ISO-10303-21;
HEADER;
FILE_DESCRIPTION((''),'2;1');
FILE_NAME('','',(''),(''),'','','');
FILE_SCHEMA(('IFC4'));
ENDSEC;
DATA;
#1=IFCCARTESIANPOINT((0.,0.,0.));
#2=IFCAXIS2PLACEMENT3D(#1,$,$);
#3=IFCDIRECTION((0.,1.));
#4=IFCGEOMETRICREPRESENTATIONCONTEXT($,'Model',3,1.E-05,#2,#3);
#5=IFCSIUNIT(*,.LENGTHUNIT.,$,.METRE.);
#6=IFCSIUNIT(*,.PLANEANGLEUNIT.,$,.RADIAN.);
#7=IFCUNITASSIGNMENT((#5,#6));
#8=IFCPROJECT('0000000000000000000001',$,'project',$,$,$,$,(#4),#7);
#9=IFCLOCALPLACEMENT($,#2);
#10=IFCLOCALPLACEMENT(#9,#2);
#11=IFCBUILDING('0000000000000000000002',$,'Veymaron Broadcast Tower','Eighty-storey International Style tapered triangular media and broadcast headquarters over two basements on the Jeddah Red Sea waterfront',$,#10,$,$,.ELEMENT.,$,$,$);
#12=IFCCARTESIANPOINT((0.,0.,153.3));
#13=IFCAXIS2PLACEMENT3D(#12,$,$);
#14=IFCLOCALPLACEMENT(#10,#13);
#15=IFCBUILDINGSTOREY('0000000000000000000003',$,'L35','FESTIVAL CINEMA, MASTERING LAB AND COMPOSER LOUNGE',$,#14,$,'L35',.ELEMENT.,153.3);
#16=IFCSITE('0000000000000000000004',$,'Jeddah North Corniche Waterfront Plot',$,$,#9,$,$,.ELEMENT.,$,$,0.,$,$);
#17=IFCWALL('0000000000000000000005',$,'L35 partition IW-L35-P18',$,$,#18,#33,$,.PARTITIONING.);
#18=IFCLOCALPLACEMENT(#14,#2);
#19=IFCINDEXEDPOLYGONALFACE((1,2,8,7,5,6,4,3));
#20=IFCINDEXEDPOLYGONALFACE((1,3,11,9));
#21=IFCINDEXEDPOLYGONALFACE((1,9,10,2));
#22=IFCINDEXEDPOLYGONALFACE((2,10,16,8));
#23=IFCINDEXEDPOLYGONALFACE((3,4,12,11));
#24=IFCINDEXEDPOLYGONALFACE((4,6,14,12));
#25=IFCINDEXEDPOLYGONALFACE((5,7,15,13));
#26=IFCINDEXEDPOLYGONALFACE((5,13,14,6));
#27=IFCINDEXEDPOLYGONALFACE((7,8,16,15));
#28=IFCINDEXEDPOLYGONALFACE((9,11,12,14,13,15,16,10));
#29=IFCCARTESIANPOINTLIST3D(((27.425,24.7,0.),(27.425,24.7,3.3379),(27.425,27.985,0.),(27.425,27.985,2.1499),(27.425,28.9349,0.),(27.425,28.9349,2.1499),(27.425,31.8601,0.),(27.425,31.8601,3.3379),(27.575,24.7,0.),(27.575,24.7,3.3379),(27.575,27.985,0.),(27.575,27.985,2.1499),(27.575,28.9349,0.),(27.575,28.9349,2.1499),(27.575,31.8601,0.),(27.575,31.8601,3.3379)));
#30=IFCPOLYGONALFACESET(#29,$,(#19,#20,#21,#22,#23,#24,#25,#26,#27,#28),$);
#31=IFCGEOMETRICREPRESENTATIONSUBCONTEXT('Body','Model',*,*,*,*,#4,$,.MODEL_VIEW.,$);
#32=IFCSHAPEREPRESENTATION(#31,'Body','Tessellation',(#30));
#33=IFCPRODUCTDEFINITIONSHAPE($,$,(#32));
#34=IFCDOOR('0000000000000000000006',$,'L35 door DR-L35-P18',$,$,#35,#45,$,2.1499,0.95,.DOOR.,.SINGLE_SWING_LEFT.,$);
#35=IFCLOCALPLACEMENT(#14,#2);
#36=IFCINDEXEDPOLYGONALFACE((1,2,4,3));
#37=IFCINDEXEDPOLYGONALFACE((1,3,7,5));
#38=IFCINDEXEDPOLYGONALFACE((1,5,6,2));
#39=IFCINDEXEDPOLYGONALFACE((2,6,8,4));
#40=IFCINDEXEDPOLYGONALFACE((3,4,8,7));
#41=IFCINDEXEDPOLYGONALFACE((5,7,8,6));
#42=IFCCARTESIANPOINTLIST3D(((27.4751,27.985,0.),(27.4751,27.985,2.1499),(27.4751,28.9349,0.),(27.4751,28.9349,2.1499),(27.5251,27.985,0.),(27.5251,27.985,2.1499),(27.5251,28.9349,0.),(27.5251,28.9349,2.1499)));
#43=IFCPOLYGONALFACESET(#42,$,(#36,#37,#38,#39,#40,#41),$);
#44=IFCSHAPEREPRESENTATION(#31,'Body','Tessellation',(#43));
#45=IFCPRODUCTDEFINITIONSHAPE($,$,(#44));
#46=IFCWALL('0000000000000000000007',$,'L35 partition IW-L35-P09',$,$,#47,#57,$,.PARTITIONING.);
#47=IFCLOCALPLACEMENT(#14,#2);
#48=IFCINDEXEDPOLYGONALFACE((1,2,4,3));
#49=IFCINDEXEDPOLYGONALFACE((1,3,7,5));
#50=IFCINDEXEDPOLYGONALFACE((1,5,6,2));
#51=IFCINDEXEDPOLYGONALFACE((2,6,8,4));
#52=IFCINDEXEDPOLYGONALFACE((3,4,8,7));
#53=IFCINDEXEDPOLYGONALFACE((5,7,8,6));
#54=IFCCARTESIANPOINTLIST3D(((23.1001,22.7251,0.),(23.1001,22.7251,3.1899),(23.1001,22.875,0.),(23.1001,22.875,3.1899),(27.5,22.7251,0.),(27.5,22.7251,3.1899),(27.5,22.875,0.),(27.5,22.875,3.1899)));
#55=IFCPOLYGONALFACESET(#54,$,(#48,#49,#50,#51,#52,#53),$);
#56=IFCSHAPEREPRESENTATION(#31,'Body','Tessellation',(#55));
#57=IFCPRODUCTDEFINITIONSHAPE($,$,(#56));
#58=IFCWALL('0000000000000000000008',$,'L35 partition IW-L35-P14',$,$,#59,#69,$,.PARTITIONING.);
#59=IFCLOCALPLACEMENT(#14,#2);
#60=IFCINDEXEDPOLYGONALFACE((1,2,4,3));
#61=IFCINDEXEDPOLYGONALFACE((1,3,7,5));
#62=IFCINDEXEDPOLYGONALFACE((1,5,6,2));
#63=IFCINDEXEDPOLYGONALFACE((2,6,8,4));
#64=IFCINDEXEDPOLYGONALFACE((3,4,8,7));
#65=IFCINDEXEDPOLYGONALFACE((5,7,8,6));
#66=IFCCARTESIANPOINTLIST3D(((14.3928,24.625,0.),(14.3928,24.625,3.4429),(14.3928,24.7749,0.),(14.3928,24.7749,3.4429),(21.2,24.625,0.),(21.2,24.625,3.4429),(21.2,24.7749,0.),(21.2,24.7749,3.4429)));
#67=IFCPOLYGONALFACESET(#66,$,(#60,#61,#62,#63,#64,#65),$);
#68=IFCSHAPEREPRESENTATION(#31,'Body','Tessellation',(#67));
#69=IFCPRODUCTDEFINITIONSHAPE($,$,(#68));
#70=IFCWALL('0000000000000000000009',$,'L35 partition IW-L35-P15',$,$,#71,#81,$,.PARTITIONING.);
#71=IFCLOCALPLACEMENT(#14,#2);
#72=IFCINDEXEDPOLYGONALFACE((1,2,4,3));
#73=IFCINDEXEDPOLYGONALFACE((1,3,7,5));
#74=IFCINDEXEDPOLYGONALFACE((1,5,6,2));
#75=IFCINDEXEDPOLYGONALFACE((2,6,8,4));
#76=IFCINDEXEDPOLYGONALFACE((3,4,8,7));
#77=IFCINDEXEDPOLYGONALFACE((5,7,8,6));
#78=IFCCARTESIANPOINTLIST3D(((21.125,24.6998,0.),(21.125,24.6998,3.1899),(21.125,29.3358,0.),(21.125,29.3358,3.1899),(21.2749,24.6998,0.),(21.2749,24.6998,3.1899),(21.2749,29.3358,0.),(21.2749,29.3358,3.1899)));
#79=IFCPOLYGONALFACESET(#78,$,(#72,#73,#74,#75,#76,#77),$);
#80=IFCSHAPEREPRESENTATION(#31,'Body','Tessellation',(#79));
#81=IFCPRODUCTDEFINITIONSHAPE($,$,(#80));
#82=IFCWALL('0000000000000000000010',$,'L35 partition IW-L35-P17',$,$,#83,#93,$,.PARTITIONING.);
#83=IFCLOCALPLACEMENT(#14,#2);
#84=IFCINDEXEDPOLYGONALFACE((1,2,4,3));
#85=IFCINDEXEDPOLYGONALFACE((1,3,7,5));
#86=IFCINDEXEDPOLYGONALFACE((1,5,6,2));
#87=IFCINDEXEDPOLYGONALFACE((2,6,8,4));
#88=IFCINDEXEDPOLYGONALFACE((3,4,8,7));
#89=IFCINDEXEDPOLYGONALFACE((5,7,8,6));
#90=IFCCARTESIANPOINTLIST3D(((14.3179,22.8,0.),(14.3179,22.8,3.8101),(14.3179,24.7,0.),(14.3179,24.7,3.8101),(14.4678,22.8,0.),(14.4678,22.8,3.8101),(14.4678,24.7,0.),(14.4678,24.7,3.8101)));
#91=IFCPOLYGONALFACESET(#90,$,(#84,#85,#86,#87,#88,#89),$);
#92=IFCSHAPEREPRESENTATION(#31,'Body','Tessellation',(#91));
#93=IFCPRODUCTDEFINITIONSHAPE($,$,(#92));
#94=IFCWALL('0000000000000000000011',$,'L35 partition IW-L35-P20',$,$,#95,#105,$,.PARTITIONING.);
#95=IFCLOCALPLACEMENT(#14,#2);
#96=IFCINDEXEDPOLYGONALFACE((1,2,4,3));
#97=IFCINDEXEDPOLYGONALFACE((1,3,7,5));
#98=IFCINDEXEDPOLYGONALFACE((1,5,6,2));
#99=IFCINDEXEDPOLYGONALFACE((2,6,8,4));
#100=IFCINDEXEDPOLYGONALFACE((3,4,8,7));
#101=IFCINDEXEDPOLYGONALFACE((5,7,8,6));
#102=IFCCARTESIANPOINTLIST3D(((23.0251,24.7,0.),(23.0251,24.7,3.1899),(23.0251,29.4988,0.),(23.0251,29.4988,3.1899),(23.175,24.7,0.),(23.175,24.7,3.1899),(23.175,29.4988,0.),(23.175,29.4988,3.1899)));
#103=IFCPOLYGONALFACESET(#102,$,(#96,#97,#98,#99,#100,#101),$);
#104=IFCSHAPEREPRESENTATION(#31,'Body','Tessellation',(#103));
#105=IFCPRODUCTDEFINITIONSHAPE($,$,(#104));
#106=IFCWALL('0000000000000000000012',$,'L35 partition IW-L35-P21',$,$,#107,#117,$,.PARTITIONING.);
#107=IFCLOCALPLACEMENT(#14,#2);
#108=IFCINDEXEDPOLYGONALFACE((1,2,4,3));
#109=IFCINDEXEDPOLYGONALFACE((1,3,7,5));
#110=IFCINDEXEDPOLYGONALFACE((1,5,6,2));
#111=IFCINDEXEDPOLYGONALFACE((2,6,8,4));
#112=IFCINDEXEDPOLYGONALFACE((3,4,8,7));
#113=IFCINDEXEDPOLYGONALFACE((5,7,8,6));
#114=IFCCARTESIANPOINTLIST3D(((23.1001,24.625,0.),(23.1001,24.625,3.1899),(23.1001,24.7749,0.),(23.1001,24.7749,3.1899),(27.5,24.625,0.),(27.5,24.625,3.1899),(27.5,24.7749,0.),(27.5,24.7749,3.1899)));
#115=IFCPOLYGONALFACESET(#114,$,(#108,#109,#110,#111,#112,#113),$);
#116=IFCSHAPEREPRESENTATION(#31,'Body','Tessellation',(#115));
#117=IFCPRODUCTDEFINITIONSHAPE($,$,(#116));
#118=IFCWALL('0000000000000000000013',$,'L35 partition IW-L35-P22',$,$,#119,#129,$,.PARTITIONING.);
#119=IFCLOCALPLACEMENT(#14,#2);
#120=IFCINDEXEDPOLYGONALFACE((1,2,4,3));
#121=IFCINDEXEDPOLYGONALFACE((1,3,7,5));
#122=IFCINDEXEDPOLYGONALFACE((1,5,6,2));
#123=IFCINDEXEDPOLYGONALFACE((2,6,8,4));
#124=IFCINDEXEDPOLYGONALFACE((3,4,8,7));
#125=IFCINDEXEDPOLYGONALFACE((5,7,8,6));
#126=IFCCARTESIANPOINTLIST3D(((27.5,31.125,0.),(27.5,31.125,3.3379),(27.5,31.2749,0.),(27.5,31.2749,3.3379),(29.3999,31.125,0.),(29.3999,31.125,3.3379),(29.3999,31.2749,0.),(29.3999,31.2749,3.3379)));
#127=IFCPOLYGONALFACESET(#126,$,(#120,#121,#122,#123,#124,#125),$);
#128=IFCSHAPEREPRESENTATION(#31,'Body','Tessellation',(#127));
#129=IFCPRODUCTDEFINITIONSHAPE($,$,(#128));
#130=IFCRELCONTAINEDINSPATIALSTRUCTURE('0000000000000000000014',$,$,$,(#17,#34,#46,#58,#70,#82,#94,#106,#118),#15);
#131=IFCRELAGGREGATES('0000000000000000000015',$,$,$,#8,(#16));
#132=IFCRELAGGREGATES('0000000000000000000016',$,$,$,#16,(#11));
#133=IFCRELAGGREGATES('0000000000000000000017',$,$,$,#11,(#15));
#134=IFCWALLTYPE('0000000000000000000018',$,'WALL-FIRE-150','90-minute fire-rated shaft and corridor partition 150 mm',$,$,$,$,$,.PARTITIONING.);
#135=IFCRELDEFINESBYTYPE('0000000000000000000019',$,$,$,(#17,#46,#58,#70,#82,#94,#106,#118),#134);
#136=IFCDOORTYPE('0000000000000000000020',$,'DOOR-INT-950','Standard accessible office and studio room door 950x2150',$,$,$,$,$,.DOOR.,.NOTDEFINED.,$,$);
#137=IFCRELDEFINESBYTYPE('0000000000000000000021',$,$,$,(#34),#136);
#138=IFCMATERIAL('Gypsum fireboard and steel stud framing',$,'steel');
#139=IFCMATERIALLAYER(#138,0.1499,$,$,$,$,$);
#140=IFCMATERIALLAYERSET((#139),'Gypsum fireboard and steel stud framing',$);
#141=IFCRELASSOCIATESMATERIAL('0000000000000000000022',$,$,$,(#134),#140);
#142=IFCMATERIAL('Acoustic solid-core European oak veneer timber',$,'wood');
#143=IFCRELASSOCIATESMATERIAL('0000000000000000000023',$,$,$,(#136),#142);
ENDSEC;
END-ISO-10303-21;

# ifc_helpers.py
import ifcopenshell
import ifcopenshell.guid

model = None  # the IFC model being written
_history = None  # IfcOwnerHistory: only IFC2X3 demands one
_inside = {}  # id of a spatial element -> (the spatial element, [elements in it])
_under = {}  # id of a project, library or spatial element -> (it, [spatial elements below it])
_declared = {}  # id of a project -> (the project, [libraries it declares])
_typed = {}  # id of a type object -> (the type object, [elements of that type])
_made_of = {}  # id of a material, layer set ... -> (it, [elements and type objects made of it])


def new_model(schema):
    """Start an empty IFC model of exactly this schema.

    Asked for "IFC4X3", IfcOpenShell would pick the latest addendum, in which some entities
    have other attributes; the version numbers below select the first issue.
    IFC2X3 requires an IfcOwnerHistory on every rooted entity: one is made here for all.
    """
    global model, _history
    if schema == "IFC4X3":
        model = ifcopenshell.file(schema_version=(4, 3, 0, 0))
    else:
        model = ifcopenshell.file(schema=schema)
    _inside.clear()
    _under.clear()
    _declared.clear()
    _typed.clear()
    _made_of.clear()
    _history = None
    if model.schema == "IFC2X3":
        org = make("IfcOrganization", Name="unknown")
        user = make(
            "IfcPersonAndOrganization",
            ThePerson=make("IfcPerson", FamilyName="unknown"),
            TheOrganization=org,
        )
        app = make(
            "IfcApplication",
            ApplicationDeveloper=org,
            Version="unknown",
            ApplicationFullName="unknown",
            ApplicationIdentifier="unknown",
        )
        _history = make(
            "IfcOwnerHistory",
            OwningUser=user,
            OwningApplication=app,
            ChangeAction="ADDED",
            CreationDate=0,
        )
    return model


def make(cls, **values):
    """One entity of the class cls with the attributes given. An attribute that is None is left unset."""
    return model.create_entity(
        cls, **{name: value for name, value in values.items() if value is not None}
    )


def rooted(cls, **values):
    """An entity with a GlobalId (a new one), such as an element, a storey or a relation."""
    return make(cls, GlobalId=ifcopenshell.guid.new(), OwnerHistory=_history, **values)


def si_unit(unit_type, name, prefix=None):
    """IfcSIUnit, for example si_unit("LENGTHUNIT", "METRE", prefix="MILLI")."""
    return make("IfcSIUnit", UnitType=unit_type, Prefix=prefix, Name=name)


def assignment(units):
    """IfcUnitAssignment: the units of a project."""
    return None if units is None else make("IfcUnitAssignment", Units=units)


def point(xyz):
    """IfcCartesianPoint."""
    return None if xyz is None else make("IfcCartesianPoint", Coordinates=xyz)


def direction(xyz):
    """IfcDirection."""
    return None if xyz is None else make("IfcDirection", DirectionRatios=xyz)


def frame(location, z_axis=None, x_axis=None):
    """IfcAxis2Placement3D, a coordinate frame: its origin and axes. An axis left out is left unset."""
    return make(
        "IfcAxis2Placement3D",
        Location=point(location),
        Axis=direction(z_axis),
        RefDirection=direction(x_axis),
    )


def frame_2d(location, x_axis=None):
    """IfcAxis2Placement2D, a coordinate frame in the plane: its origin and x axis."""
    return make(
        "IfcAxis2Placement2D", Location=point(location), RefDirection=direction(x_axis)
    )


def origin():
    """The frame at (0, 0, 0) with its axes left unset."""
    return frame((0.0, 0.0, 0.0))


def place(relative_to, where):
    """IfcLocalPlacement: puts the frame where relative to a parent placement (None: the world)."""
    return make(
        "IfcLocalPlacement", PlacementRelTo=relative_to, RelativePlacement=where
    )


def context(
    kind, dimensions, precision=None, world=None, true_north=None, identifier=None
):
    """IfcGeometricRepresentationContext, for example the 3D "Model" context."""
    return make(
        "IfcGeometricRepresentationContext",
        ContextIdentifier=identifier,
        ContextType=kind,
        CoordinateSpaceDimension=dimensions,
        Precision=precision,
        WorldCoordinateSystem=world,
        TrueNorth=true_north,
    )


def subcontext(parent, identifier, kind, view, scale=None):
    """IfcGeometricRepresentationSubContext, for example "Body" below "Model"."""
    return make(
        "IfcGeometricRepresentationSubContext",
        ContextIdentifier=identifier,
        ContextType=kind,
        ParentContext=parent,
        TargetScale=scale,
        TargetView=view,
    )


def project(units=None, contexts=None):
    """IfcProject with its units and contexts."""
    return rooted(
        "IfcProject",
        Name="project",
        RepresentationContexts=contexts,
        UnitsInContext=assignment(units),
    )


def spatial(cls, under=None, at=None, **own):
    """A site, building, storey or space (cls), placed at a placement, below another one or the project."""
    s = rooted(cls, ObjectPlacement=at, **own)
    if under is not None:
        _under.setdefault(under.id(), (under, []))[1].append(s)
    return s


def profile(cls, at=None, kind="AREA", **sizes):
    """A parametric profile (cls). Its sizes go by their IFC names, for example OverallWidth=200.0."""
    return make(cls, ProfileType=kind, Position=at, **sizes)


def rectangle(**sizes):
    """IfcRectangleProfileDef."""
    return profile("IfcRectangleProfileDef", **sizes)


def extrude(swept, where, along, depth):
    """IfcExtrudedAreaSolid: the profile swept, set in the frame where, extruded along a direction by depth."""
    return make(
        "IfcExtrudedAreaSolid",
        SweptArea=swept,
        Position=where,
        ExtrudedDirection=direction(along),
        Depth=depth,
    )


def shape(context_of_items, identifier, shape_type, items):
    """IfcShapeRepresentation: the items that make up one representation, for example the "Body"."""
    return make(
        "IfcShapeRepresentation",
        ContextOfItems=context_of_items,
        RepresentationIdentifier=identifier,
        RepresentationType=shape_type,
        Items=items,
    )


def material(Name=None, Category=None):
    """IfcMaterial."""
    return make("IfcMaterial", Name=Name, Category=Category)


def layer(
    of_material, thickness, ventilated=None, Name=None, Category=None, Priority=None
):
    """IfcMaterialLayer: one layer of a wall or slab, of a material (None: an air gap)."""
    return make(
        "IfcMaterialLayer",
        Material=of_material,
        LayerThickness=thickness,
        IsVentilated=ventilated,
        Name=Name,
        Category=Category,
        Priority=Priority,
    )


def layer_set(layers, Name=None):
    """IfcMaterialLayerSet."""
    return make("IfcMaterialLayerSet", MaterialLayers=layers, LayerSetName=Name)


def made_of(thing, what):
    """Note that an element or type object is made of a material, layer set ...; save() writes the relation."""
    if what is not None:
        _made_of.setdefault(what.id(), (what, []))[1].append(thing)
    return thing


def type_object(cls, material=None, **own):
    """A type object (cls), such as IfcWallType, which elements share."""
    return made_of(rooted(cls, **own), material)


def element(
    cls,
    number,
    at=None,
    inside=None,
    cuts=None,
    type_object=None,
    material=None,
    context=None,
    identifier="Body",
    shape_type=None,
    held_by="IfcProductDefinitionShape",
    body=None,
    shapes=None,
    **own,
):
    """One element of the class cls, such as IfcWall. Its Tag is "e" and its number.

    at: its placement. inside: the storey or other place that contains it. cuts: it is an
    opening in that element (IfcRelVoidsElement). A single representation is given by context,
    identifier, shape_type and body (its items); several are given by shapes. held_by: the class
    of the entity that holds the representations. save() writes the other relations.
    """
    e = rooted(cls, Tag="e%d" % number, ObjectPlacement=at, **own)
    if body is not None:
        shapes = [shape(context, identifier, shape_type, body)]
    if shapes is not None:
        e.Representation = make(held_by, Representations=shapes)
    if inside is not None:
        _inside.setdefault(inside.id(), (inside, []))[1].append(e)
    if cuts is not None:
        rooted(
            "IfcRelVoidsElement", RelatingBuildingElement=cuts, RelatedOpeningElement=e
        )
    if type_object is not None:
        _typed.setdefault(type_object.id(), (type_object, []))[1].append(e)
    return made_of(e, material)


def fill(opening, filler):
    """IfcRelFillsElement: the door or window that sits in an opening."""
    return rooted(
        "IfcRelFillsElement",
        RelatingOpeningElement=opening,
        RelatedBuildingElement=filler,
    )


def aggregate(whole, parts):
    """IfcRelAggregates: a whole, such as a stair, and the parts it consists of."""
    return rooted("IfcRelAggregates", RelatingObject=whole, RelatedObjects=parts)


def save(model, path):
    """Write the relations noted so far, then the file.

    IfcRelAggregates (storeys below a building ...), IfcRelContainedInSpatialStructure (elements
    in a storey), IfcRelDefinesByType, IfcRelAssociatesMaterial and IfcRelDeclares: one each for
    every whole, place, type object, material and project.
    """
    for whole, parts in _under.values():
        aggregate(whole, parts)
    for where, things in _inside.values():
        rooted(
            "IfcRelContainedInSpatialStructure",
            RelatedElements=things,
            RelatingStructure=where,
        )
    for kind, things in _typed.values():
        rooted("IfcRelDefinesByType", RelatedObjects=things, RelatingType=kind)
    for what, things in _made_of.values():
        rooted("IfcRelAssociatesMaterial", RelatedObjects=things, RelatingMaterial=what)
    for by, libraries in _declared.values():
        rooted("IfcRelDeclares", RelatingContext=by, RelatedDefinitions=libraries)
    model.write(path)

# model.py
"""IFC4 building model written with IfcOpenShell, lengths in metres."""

from ifc_helpers import new_model, si_unit, direction, frame, frame_2d, origin, place, context, subcontext, project, spatial, rectangle, extrude, material, layer, layer_set, type_object, element, fill, save


model = new_model("IFC4")

# Units and contexts
model_context = context("Model", 3, precision=1e-05, world=origin(), true_north=direction((0.0, 1.0)))
body_context = subcontext(model_context, "Body", "Model", "MODEL_VIEW")
ifc_project = project(units=[si_unit("LENGTHUNIT", "METRE"), si_unit("PLANEANGLEUNIT", "RADIAN")], contexts=[model_context])

# Site, building, storey
site_placement = place(None, origin())
site = spatial("IfcSite", under=ifc_project, at=site_placement, Name="Jeddah North Corniche Waterfront Plot", CompositionType="ELEMENT", RefElevation=0.0)
building_placement = place(site_placement, origin())
building = spatial("IfcBuilding", under=site, at=building_placement, Name="Veymaron Broadcast Tower", Description="Eighty-storey International Style tapered triangular media and broadcast headquarters over two basements on the Jeddah Red Sea waterfront", CompositionType="ELEMENT")
storey_placement = place(building_placement, frame((0.0, 0.0, 153.3)))
storey = spatial("IfcBuildingStorey", under=building, at=storey_placement, Name="L35", Description="FESTIVAL CINEMA, MASTERING LAB AND COMPOSER LOUNGE", LongName="L35", CompositionType="ELEMENT", Elevation=153.3)

# Wall, opening, door
ifc_material_1 = material(Name="Gypsum fireboard and steel stud framing", Category="steel")
ifc_layer_1 = layer(ifc_material_1, 0.1499)
ifc_layer_set_1 = layer_set([ifc_layer_1], Name="Gypsum fireboard and steel stud framing")
wall_type_1 = type_object("IfcWallType", Name="WALL-FIRE-150", Description="90-minute fire-rated shaft and corridor partition 150 mm", PredefinedType="PARTITIONING", material=ifc_layer_set_1)
ifc_material_2 = material(Name="Acoustic solid-core European oak veneer timber", Category="wood")
door_type = type_object("IfcDoorType", Name="DOOR-INT-950", Description="Standard accessible office and studio room door 950x2150", OperationType="NOTDEFINED", PredefinedType="DOOR", material=ifc_material_2)
wall_1_placement = place(storey_placement, frame((27.5, 24.7, 0.0), z_axis=(0.0, 0.0, 1.0), x_axis=(0.0, 1.0, 0.0)))
wall_1 = element("IfcWall", 1, at=wall_1_placement, inside=storey, type_object=wall_type_1, Name="L35 partition IW-L35-P18", PredefinedType="PARTITIONING", context=body_context, shape_type="SweptSolid", body=[
    extrude(rectangle(XDim=7.1602, YDim=0.1499, at=frame_2d((3.5801, 0.0))), origin(), (0.0, 0.0, 1.0), 3.3379),
])
opening_1_placement = place(wall_1_placement, frame((3.2849, 0.0, 0.0)))
opening_1 = element("IfcOpeningElement", 2, at=opening_1_placement, cuts=wall_1, PredefinedType="OPENING", context=body_context, shape_type="SweptSolid", body=[
    extrude(rectangle(XDim=0.95, YDim=2.1499, at=frame_2d((0.4751, 1.075))), frame((0.0, 0.085, 0.0), z_axis=(0.0, -1.0, 0.0), x_axis=(1.0, 0.0, 0.0)), (0.0, 0.0, 1.0), 0.1699),
])
door_1_placement = place(opening_1_placement, origin())
door_1 = element("IfcDoor", 3, at=door_1_placement, inside=storey, type_object=door_type, Name="L35 door DR-L35-P18", OperationType="SINGLE_SWING_LEFT", OverallHeight=2.1499, OverallWidth=0.95, PredefinedType="DOOR", context=body_context, shape_type="SweptSolid", body=[
    extrude(rectangle(XDim=0.95, YDim=2.1499, at=frame_2d((0.4751, 1.075))), frame((0.0, 0.0249, 0.0), z_axis=(0.0, -1.0, 0.0), x_axis=(1.0, 0.0, 0.0)), (0.0, 0.0, 1.0), 0.05),
])
fill(opening_1, door_1)

# Walls
wall_2_placement = place(storey_placement, frame((23.1001, 22.8, 0.0), z_axis=(0.0, 0.0, 1.0), x_axis=(1.0, 0.0, 0.0)))
element("IfcWall", 4, at=wall_2_placement, inside=storey, type_object=wall_type_1, Name="L35 partition IW-L35-P09", PredefinedType="PARTITIONING", context=body_context, shape_type="SweptSolid", body=[
    extrude(rectangle(XDim=4.3999, YDim=0.1499, at=frame_2d((2.2, 0.0))), origin(), (0.0, 0.0, 1.0), 3.1899),
])
wall_3_placement = place(storey_placement, frame((14.3928, 24.7, 0.0), z_axis=(0.0, 0.0, 1.0), x_axis=(1.0, 0.0, 0.0)))
element("IfcWall", 5, at=wall_3_placement, inside=storey, type_object=wall_type_1, Name="L35 partition IW-L35-P14", PredefinedType="PARTITIONING", context=body_context, shape_type="SweptSolid", body=[
    extrude(rectangle(XDim=6.8071, YDim=0.1499, at=frame_2d((3.4036, 0.0))), origin(), (0.0, 0.0, 1.0), 3.4429),
])
wall_4_placement = place(storey_placement, frame((21.2, 24.7, 0.0), z_axis=(0.0, 0.0, 1.0), x_axis=(0.0, 1.0, 0.0)))
element("IfcWall", 6, at=wall_4_placement, inside=storey, type_object=wall_type_1, Name="L35 partition IW-L35-P15", PredefinedType="PARTITIONING", context=body_context, shape_type="SweptSolid", body=[
    extrude(rectangle(XDim=4.636, YDim=0.1499, at=frame_2d((2.3179, 0.0))), origin(), (0.0, 0.0, 1.0), 3.1899),
])
wall_5_placement = place(storey_placement, frame((14.3928, 22.8, 0.0), z_axis=(0.0, 0.0, 1.0), x_axis=(0.0, 1.0, 0.0)))
element("IfcWall", 7, at=wall_5_placement, inside=storey, type_object=wall_type_1, Name="L35 partition IW-L35-P17", PredefinedType="PARTITIONING", context=body_context, shape_type="SweptSolid", body=[
    extrude(rectangle(XDim=1.8999, YDim=0.1499, at=frame_2d((0.95, 0.0))), origin(), (0.0, 0.0, 1.0), 3.8101),
])
wall_6_placement = place(storey_placement, frame((23.1001, 24.7, 0.0), z_axis=(0.0, 0.0, 1.0), x_axis=(0.0, 1.0, 0.0)))
element("IfcWall", 8, at=wall_6_placement, inside=storey, type_object=wall_type_1, Name="L35 partition IW-L35-P20", PredefinedType="PARTITIONING", context=body_context, shape_type="SweptSolid", body=[
    extrude(rectangle(XDim=4.7988, YDim=0.1499, at=frame_2d((2.3994, 0.0))), origin(), (0.0, 0.0, 1.0), 3.1899),
])
wall_7_placement = place(storey_placement, frame((23.1001, 24.7, 0.0), z_axis=(0.0, 0.0, 1.0), x_axis=(1.0, 0.0, 0.0)))
element("IfcWall", 9, at=wall_7_placement, inside=storey, type_object=wall_type_1, Name="L35 partition IW-L35-P21", PredefinedType="PARTITIONING", context=body_context, shape_type="SweptSolid", body=[
    extrude(rectangle(XDim=4.3999, YDim=0.1499, at=frame_2d((2.2, 0.0))), origin(), (0.0, 0.0, 1.0), 3.1899),
])
wall_8_placement = place(storey_placement, frame((27.5, 31.2, 0.0), z_axis=(0.0, 0.0, 1.0), x_axis=(1.0, 0.0, 0.0)))
element("IfcWall", 10, at=wall_8_placement, inside=storey, type_object=wall_type_1, Name="L35 partition IW-L35-P22", PredefinedType="PARTITIONING", context=body_context, shape_type="SweptSolid", body=[
    extrude(rectangle(XDim=1.8999, YDim=0.1499, at=frame_2d((0.95, 0.0))), origin(), (0.0, 0.0, 1.0), 3.3379),
])

save(model, "model.ifc")
